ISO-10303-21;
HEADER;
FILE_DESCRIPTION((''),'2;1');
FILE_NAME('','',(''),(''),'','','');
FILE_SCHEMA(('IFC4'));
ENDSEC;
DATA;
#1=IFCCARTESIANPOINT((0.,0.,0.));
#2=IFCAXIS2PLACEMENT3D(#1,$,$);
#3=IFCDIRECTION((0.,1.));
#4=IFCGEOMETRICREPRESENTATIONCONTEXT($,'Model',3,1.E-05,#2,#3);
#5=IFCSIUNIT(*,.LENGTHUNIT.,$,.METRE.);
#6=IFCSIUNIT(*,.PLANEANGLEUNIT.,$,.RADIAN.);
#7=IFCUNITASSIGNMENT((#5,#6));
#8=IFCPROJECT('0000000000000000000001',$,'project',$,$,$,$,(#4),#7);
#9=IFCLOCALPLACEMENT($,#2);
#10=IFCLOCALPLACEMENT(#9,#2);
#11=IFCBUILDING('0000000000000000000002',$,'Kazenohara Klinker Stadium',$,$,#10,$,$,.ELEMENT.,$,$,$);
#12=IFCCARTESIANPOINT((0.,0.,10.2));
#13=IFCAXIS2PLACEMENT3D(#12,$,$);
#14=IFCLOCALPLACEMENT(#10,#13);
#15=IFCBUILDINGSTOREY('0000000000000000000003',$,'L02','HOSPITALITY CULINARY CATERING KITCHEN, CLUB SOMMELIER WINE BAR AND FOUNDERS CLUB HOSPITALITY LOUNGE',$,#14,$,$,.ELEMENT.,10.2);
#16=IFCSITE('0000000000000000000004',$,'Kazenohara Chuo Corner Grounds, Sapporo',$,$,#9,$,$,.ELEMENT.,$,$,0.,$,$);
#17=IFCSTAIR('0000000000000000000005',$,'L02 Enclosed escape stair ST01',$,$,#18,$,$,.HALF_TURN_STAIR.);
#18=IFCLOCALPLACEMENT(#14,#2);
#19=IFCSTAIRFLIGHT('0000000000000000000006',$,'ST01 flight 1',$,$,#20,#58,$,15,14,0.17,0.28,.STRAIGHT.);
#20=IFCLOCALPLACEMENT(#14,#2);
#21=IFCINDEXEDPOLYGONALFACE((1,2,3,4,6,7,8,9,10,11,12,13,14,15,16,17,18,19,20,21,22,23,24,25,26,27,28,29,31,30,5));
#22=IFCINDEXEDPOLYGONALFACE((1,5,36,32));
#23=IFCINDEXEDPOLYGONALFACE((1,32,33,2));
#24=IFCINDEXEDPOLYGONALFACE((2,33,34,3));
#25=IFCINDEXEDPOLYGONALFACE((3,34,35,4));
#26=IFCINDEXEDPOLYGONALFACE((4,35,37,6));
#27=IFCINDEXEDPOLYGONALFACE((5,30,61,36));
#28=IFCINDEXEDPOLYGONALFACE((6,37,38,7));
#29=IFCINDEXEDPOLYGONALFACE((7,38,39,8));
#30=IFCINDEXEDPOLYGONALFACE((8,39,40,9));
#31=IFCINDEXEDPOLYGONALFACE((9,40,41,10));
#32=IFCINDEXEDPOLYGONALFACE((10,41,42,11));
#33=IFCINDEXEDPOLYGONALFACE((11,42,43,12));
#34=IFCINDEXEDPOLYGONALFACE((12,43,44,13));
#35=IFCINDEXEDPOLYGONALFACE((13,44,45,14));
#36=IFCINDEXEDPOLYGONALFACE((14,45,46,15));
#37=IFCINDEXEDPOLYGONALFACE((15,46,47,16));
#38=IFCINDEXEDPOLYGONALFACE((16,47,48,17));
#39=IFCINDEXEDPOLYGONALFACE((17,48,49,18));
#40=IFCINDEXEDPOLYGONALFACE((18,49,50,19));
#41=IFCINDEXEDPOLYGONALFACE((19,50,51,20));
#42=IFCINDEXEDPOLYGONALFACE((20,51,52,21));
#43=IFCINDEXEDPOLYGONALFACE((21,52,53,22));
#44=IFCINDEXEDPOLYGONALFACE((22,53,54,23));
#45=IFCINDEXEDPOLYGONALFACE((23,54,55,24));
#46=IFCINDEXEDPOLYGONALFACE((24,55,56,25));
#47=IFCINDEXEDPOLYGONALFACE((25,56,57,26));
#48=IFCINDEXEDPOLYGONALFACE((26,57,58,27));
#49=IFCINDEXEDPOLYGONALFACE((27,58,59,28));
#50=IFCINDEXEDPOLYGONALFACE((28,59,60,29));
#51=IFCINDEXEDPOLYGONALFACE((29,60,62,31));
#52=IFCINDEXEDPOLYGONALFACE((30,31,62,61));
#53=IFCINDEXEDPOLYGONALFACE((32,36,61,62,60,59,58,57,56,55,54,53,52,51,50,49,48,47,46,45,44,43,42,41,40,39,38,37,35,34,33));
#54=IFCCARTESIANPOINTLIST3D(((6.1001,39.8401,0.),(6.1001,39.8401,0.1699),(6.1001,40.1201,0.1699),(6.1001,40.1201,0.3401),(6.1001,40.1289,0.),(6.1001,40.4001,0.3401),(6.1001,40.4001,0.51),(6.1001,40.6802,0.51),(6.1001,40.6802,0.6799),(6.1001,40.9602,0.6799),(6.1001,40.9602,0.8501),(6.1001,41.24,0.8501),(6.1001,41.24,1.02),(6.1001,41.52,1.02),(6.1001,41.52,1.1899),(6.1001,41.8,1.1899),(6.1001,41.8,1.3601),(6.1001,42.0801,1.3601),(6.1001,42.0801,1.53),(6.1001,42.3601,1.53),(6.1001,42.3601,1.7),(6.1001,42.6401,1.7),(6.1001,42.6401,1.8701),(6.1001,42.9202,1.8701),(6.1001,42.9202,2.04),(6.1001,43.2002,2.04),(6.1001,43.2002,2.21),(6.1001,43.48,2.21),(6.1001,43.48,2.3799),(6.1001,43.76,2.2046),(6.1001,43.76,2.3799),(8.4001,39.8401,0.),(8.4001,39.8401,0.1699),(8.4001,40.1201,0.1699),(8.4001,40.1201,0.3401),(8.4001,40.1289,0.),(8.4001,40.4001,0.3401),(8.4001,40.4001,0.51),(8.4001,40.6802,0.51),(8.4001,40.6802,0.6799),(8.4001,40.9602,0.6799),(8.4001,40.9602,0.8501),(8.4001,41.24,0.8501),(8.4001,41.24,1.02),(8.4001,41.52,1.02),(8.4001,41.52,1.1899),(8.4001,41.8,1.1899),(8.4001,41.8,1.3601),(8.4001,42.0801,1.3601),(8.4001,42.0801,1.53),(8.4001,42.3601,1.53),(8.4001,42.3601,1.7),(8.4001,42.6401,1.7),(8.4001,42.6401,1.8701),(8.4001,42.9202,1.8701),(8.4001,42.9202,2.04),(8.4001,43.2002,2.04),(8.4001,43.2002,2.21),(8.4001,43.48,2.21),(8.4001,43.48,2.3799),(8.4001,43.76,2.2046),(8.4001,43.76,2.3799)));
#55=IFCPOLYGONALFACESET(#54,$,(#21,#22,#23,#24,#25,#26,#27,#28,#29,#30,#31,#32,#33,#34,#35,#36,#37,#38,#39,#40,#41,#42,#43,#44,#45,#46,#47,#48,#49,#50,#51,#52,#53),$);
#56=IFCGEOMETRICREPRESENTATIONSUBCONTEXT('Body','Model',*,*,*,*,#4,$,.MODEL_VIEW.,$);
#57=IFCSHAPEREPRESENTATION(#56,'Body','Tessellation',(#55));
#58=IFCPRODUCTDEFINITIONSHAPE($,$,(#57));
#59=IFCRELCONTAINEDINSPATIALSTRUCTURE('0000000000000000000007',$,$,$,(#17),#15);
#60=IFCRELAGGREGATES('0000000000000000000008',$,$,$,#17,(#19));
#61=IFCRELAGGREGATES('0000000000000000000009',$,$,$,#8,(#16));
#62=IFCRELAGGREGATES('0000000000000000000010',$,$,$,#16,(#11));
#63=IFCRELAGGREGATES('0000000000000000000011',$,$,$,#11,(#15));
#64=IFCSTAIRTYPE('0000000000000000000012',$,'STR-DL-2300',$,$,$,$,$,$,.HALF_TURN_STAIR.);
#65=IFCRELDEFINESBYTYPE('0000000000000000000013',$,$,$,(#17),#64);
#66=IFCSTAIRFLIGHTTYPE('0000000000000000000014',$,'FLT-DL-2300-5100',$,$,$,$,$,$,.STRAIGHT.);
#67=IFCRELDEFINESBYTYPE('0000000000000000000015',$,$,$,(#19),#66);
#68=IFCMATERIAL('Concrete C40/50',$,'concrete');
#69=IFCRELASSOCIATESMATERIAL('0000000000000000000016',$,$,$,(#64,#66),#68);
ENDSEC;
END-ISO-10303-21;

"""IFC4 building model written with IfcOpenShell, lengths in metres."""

from ifc_helpers import new_model, si_unit, direction, frame, origin, place, context, subcontext, project, spatial, polyline, outline, extrude, material, type_object, element, aggregate, save


model = new_model("IFC4")

# Units and contexts
model_context = context("Model", 3, precision=1e-05, world=origin(), true_north=direction((0.0, 1.0)))
body_context = subcontext(model_context, "Body", "Model", "MODEL_VIEW")
ifc_project = project(units=[si_unit("LENGTHUNIT", "METRE"), si_unit("PLANEANGLEUNIT", "RADIAN")], contexts=[model_context])

# Site, building, storey
site_placement = place(None, origin())
site = spatial("IfcSite", under=ifc_project, at=site_placement, Name="Kazenohara Chuo Corner Grounds, Sapporo", CompositionType="ELEMENT", RefElevation=0.0)
building_placement = place(site_placement, origin())
building = spatial("IfcBuilding", under=site, at=building_placement, Name="Kazenohara Klinker Stadium", CompositionType="ELEMENT")
storey_placement = place(building_placement, frame((0.0, 0.0, 10.2)))
storey = spatial("IfcBuildingStorey", under=building, at=storey_placement, Name="L02", Description="HOSPITALITY CULINARY CATERING KITCHEN, CLUB SOMMELIER WINE BAR AND FOUNDERS CLUB HOSPITALITY LOUNGE", CompositionType="ELEMENT", Elevation=10.2)

# Shared definitions
ifc_material_1 = material(Name="Concrete C40/50", Category="concrete")

# Stair, stair flight
stair_type = type_object("IfcStairType", Name="STR-DL-2300", PredefinedType="HALF_TURN_STAIR", material=ifc_material_1)
stair_placement = place(storey_placement, origin())
stair = element("IfcStair", 1, at=stair_placement, inside=storey, type_object=stair_type, Name="L02 Enclosed escape stair ST01", PredefinedType="HALF_TURN_STAIR")
stair_flight_type = type_object("IfcStairFlightType", Name="FLT-DL-2300-5100", PredefinedType="STRAIGHT", material=ifc_material_1)
stair_flight_placement = place(storey_placement, frame((7.25, 39.8401, 0.0), z_axis=(0.0, 0.0, 1.0), x_axis=(0.0, 1.0, 0.0)))
stair_flight = element("IfcStairFlight", 2, at=stair_flight_placement, type_object=stair_flight_type, Name="ST01 flight 1", NumberOfRisers=15, NumberOfTreads=14, PredefinedType="STRAIGHT", RiserHeight=0.17, TreadLength=0.28, context=body_context, shape_type="SweptSolid", body=[
    extrude(outline(polyline([(0.0, 0.0), (0.0, 0.1699), (0.28, 0.1699), (0.28, 0.3401), (0.5601, 0.3401), (0.5601, 0.51), (0.8401, 0.51), (0.8401, 0.6799), (1.1201, 0.6799), (1.1201, 0.8501), (1.3999, 0.8501), (1.3999, 1.02), (1.6799, 1.02), (1.6799, 1.1899), (1.96, 1.1899), (1.96, 1.3601), (2.24, 1.3601), (2.24, 1.53), (2.52, 1.53), (2.52, 1.7), (2.8, 1.7), (2.8, 1.8701), (3.0801, 1.8701), (3.0801, 2.04), (3.3601, 2.04), (3.3601, 2.21), (3.6399, 2.21), (3.6399, 2.3799), (3.9199, 2.3799), (3.9199, 2.55), (3.9199, 2.2046), (0.2888, 0.0), (0.0, 0.0)])), frame((0.0, 1.1499, 0.0), z_axis=(0.0, -1.0, 0.0), x_axis=(1.0, 0.0, 0.0)), (0.0, 0.0, 1.0), 2.3),
])
aggregate(stair, [stair_flight])

save(model, "model.ifc")
